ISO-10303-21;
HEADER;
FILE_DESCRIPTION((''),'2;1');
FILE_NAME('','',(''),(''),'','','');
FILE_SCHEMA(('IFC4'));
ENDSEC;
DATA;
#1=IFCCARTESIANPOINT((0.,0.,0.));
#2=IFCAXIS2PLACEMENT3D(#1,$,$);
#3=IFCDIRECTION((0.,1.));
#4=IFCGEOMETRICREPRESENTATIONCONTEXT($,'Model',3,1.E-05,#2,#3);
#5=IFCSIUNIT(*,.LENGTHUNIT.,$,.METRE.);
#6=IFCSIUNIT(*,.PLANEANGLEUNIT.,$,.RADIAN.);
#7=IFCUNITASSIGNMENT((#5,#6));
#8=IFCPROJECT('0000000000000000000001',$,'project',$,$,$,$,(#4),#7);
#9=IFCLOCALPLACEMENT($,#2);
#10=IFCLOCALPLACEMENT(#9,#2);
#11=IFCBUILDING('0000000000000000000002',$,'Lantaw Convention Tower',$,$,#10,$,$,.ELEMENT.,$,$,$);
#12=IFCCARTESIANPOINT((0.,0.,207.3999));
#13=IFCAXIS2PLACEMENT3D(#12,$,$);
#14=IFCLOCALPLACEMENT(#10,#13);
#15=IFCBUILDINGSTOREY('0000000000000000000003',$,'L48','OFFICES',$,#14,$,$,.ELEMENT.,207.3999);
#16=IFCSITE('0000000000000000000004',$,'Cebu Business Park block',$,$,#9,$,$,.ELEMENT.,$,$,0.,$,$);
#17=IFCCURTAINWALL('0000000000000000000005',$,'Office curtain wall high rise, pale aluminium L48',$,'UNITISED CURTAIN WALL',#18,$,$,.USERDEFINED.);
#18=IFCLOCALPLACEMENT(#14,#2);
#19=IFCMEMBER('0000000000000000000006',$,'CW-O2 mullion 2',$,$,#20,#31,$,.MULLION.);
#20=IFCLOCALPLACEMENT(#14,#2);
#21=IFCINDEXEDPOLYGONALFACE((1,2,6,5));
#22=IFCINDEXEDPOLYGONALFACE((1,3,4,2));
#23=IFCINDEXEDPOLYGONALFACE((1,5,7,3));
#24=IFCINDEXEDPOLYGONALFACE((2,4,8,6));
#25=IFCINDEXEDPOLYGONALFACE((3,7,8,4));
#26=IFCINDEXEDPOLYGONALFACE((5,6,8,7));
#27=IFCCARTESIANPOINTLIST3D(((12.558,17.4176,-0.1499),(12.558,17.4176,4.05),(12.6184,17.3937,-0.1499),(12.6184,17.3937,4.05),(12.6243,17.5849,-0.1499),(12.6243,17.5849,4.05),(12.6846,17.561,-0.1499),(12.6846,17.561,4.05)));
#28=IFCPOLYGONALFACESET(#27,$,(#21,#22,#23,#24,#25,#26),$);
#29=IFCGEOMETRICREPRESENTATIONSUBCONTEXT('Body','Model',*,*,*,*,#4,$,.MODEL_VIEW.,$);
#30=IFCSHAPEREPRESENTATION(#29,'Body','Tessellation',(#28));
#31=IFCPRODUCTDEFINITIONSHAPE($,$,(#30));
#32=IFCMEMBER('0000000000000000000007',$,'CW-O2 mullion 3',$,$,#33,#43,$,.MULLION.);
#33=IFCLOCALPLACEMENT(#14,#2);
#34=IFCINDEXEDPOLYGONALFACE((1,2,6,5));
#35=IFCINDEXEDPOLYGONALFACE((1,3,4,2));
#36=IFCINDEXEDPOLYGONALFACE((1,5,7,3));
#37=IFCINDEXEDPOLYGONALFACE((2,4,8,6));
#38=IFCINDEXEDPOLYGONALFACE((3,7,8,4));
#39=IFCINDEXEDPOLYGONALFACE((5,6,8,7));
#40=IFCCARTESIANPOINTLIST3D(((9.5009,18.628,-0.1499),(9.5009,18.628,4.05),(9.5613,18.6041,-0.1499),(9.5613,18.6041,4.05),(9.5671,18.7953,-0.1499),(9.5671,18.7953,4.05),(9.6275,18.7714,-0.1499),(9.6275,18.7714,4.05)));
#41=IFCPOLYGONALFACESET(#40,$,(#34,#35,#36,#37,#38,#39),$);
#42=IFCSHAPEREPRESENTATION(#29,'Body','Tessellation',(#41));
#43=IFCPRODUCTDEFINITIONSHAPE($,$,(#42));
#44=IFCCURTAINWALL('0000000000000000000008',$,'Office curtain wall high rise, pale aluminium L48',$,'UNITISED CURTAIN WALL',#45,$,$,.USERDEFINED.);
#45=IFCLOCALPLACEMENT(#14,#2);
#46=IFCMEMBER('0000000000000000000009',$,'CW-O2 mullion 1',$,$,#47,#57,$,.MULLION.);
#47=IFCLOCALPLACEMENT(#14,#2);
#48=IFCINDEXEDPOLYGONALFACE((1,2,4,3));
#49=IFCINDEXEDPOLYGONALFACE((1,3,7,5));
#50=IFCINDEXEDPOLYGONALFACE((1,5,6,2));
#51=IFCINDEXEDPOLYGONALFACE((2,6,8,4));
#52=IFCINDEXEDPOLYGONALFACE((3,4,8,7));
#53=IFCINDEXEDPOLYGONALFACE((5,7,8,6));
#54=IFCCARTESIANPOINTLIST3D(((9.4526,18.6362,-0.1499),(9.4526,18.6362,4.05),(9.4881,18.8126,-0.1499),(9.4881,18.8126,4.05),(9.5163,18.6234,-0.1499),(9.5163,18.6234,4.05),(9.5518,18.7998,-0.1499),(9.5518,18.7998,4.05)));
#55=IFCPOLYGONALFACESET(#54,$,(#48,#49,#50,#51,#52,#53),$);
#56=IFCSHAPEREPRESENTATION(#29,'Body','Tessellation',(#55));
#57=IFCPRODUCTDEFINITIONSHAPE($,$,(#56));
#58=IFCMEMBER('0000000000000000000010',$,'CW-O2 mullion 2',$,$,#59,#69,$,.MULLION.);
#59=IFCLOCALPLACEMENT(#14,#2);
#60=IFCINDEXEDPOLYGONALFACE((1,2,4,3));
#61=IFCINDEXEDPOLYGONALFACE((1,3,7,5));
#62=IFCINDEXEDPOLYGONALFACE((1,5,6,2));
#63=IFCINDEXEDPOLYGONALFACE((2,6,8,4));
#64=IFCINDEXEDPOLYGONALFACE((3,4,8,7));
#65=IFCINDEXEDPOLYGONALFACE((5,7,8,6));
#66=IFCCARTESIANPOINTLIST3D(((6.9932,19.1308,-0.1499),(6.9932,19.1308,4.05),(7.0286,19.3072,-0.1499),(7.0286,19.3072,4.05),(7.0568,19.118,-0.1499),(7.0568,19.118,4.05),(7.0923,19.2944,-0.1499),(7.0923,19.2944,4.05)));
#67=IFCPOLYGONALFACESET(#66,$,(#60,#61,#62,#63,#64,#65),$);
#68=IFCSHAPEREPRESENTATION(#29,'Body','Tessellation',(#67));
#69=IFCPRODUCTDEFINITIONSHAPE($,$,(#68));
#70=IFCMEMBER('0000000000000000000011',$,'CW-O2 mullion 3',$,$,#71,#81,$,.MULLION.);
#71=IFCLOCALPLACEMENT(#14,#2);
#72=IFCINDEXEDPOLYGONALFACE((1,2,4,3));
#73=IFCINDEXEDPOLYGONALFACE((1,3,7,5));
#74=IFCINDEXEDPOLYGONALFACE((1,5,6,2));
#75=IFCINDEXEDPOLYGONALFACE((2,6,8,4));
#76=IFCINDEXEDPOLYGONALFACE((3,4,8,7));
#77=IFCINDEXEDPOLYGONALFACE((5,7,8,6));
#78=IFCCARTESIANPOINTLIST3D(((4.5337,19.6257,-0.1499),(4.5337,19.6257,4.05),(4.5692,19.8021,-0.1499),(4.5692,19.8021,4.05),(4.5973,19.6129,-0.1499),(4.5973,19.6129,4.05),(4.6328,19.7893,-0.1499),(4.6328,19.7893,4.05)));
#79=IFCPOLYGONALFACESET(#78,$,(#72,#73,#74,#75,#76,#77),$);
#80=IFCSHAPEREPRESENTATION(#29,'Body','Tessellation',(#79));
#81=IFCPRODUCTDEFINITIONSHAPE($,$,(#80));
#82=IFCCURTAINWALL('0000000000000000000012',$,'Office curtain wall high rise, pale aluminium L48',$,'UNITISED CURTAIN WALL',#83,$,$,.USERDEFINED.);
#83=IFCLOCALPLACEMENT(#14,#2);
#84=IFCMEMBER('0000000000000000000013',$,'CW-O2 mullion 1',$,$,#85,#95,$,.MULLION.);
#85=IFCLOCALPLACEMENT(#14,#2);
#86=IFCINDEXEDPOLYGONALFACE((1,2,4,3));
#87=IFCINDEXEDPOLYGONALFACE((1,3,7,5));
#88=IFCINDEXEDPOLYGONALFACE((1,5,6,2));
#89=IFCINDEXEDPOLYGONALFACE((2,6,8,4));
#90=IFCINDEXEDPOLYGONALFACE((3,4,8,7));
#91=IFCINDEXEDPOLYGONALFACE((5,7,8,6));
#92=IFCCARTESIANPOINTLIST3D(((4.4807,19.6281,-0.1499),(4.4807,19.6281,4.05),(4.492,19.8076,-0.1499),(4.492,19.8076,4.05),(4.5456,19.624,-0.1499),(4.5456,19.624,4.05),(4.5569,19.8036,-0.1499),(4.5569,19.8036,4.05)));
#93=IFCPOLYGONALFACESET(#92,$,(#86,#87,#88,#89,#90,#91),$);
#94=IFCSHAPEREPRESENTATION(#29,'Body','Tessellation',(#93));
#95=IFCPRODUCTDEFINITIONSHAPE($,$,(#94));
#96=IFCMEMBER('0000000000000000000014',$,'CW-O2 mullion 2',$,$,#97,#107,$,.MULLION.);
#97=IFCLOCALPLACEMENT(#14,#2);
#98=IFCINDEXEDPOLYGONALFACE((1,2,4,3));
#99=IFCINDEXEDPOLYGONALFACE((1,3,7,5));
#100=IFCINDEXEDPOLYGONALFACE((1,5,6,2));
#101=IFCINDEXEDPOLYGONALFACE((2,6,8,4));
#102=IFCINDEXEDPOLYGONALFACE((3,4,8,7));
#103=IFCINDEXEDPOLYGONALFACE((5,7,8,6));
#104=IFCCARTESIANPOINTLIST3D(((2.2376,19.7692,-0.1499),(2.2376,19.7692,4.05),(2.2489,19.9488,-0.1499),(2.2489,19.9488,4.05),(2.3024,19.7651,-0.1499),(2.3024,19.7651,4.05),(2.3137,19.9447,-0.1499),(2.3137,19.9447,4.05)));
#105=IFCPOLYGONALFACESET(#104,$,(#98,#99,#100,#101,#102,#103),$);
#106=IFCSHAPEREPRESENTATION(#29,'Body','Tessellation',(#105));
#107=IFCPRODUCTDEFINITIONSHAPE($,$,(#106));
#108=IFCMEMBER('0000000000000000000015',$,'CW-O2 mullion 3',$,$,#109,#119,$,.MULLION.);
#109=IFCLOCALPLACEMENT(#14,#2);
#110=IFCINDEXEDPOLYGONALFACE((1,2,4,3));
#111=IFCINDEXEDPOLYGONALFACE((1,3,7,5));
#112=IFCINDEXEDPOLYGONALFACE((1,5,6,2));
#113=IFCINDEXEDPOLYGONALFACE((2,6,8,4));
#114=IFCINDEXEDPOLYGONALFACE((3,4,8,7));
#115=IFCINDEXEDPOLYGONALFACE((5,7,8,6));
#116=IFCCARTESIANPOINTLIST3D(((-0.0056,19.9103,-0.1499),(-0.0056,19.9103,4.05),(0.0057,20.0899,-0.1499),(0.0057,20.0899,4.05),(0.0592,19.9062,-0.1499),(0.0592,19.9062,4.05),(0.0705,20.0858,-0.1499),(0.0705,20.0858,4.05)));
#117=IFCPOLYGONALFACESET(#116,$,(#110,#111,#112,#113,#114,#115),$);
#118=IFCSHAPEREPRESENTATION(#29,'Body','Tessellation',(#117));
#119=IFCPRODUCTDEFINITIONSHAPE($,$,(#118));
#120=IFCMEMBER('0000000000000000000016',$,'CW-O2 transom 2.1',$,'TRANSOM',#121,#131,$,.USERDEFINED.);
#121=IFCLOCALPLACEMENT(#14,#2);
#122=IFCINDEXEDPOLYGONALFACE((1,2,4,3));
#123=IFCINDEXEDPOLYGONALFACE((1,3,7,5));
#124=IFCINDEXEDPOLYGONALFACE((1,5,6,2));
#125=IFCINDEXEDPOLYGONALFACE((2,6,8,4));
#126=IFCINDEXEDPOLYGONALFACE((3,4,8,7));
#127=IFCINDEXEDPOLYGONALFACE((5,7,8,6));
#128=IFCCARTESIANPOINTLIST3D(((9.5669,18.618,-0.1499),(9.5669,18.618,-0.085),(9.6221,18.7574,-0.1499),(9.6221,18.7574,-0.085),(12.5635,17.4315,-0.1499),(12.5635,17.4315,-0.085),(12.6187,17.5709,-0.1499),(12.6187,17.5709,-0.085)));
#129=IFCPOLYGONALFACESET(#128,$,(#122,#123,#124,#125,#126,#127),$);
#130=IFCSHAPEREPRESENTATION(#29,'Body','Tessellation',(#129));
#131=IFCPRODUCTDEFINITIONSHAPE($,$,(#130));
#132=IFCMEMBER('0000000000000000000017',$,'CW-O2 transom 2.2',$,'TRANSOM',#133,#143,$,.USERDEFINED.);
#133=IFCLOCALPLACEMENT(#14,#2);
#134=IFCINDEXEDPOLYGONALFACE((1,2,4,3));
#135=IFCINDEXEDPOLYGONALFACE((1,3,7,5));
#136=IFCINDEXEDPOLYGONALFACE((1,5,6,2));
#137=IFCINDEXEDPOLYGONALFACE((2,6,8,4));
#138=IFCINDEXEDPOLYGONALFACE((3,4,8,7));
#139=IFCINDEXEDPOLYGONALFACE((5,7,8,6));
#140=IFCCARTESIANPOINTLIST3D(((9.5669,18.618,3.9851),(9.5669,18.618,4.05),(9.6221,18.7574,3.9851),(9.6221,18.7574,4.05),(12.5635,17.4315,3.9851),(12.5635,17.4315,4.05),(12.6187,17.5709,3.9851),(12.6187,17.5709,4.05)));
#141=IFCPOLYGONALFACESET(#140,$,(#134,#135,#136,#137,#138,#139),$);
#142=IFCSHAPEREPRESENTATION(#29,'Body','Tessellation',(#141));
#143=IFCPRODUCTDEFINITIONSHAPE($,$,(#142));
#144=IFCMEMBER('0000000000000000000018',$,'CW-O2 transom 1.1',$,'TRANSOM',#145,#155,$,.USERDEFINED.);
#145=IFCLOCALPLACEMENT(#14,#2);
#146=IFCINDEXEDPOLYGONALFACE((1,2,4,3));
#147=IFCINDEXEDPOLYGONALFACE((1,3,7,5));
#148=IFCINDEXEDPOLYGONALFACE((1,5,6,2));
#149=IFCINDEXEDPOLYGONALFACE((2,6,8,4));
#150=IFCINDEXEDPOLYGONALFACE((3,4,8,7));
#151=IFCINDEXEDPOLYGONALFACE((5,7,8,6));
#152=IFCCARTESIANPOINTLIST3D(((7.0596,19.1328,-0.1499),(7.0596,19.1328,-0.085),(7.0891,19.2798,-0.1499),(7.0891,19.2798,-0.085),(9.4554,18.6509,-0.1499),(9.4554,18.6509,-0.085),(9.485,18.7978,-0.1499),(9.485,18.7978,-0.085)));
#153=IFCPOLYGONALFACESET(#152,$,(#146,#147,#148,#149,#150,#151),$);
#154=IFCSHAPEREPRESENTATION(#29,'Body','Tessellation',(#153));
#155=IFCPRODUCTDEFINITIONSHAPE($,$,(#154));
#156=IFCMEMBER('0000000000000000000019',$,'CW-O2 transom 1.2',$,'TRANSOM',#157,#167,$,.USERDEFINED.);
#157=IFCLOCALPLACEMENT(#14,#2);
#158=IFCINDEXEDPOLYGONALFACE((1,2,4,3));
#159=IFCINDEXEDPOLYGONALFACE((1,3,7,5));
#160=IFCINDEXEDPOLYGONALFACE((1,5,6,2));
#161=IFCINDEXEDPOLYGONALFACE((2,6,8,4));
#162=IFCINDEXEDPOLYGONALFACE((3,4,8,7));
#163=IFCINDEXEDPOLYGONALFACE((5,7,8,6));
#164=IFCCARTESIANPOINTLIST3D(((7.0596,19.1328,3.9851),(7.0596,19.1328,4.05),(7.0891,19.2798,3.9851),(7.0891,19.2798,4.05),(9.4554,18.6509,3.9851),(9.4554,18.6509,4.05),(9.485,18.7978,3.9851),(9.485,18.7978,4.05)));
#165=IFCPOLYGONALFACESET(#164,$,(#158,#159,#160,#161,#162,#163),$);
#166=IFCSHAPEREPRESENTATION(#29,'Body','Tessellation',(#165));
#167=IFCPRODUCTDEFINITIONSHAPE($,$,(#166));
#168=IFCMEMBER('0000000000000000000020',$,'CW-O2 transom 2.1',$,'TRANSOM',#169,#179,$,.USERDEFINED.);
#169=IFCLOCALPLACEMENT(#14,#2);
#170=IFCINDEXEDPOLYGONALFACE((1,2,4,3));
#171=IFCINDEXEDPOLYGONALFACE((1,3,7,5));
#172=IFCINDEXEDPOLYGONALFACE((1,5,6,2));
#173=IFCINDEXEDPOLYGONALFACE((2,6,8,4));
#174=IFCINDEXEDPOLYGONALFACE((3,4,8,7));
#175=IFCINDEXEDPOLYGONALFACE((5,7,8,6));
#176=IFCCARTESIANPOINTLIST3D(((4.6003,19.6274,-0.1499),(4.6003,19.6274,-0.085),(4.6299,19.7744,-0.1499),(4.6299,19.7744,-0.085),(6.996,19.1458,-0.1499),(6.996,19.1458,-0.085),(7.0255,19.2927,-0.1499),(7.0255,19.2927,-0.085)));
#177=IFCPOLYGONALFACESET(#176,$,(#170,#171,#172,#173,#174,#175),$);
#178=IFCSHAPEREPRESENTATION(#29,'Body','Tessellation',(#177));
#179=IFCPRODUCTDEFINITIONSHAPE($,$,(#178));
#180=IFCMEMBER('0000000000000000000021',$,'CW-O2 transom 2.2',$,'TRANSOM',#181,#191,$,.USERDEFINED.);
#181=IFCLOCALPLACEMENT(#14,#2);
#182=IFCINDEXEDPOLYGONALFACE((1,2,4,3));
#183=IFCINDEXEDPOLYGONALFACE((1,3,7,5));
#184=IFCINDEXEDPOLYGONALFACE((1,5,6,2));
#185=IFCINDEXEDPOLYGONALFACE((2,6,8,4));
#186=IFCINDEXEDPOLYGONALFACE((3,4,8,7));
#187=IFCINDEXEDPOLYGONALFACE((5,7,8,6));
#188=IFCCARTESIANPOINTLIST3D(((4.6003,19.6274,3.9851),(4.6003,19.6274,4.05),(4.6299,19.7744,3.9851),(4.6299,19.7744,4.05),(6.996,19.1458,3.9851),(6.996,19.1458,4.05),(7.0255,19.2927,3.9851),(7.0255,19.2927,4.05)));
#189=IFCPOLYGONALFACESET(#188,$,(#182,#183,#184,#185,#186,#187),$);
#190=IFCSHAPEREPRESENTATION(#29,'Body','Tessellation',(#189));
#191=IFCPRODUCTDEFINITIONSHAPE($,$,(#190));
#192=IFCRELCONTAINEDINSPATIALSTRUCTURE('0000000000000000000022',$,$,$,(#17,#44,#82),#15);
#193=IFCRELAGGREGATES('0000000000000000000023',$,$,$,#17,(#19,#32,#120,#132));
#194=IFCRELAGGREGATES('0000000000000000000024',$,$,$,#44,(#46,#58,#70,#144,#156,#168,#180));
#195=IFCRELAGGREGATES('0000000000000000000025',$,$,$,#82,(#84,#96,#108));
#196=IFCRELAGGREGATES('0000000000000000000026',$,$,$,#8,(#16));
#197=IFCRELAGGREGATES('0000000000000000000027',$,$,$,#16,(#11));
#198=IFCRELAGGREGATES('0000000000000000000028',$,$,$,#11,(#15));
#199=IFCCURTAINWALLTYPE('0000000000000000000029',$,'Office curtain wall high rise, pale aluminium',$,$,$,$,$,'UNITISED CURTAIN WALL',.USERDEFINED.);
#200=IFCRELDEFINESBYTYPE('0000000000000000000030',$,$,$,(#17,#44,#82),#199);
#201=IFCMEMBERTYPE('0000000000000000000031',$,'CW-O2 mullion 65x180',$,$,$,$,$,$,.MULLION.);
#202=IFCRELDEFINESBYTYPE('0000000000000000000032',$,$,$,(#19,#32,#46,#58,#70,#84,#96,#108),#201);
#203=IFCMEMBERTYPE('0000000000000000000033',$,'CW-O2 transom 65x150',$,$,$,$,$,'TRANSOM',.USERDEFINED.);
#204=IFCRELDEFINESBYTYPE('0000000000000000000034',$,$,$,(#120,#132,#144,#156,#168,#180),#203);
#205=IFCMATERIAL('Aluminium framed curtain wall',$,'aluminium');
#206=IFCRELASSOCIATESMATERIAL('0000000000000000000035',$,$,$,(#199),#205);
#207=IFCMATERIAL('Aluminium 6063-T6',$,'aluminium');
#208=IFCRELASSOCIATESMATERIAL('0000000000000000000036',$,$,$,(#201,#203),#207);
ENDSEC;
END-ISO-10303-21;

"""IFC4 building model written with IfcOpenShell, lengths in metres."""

from ifc_helpers import new_model, si_unit, direction, frame, origin, origin_2d, place, context, subcontext, project, spatial, rectangle, extrude, material, material_profile, profile_set, type_object, element, aggregate, save


model = new_model("IFC4")

# Units and contexts
model_context = context("Model", 3, precision=1e-05, world=origin(), true_north=direction((0.0, 1.0)))
body_context = subcontext(model_context, "Body", "Model", "MODEL_VIEW")
ifc_project = project(units=[si_unit("LENGTHUNIT", "METRE"), si_unit("PLANEANGLEUNIT", "RADIAN")], contexts=[model_context])

# Site, building, storey
site_placement = place(None, origin())
site = spatial("IfcSite", under=ifc_project, at=site_placement, Name="Cebu Business Park block", CompositionType="ELEMENT", RefElevation=0.0)
building_placement = place(site_placement, origin())
building = spatial("IfcBuilding", under=site, at=building_placement, Name="Lantaw Convention Tower", CompositionType="ELEMENT")
storey_placement = place(building_placement, frame((0.0, 0.0, 207.3999)))
storey = spatial("IfcBuildingStorey", under=building, at=storey_placement, Name="L48", Description="OFFICES", CompositionType="ELEMENT", Elevation=207.3999)

# Curtain walls, members
ifc_material_1 = material(Name="Aluminium framed curtain wall", Category="aluminium")
curtain_wall_type = type_object("IfcCurtainWallType", Name="Office curtain wall high rise, pale aluminium", ElementType="UNITISED CURTAIN WALL", PredefinedType="USERDEFINED", material=ifc_material_1)
curtain_wall_1_placement = place(storey_placement, origin())
curtain_wall_1 = element("IfcCurtainWall", 1, at=curtain_wall_1_placement, inside=storey, type_object=curtain_wall_type, Name="Office curtain wall high rise, pale aluminium L48", ObjectType="UNITISED CURTAIN WALL", PredefinedType="USERDEFINED")
ifc_material_2 = material(Name="Aluminium 6063-T6", Category="aluminium")
ifc_material_profile_1 = material_profile(ifc_material_2, rectangle(XDim=0.1799, YDim=0.0649, at=origin_2d()), Name="CW-O2 mullion 65x180")
ifc_profile_set_1 = profile_set([ifc_material_profile_1], Name="Aluminium 6063-T6")
member_type_1 = type_object("IfcMemberType", Name="CW-O2 mullion 65x180", PredefinedType="MULLION", material=ifc_profile_set_1)
member_1_placement = place(storey_placement, frame((12.6213, 17.4893, -0.1499), z_axis=(0.0, 0.0, 1.0), x_axis=(-0.368162, -0.929762, 0.0)))
member_1 = element("IfcMember", 2, at=member_1_placement, type_object=member_type_1, Name="CW-O2 mullion 2", PredefinedType="MULLION", context=body_context, shape_type="SweptSolid", body=[
    extrude(rectangle(XDim=0.1799, YDim=0.0649, at=origin_2d()), origin(), (0.0, 0.0, 1.0), 4.2),
])
member_2_placement = place(storey_placement, frame((9.5642, 18.6997, -0.1499), z_axis=(0.0, 0.0, 1.0), x_axis=(-0.368162, -0.929762, 0.0)))
member_2 = element("IfcMember", 3, at=member_2_placement, type_object=member_type_1, Name="CW-O2 mullion 3", PredefinedType="MULLION", context=body_context, shape_type="SweptSolid", body=[
    extrude(rectangle(XDim=0.1799, YDim=0.0649, at=origin_2d()), origin(), (0.0, 0.0, 1.0), 4.2),
])
curtain_wall_2_placement = place(storey_placement, origin())
curtain_wall_2 = element("IfcCurtainWall", 4, at=curtain_wall_2_placement, inside=storey, type_object=curtain_wall_type, Name="Office curtain wall high rise, pale aluminium L48", ObjectType="UNITISED CURTAIN WALL", PredefinedType="USERDEFINED")
member_3_placement = place(storey_placement, frame((9.5022, 18.718, -0.1499), z_axis=(0.0, 0.0, 1.0), x_axis=(-0.197183, -0.980367, 0.0)))
member_3 = element("IfcMember", 5, at=member_3_placement, type_object=member_type_1, Name="CW-O2 mullion 1", PredefinedType="MULLION", context=body_context, shape_type="SweptSolid", body=[
    extrude(rectangle(XDim=0.1799, YDim=0.0649, at=origin_2d()), origin(), (0.0, 0.0, 1.0), 4.2),
])
member_4_placement = place(storey_placement, frame((7.0427, 19.2126, -0.1499), z_axis=(0.0, 0.0, 1.0), x_axis=(-0.197183, -0.980367, 0.0)))
member_4 = element("IfcMember", 6, at=member_4_placement, type_object=member_type_1, Name="CW-O2 mullion 2", PredefinedType="MULLION", context=body_context, shape_type="SweptSolid", body=[
    extrude(rectangle(XDim=0.1799, YDim=0.0649, at=origin_2d()), origin(), (0.0, 0.0, 1.0), 4.2),
])
member_5_placement = place(storey_placement, frame((4.5833, 19.7075, -0.1499), z_axis=(0.0, 0.0, 1.0), x_axis=(-0.197183, -0.980367, 0.0)))
member_5 = element("IfcMember", 7, at=member_5_placement, type_object=member_type_1, Name="CW-O2 mullion 3", PredefinedType="MULLION", context=body_context, shape_type="SweptSolid", body=[
    extrude(rectangle(XDim=0.1799, YDim=0.0649, at=origin_2d()), origin(), (0.0, 0.0, 1.0), 4.2),
])
curtain_wall_3_placement = place(storey_placement, origin())
curtain_wall_3 = element("IfcCurtainWall", 8, at=curtain_wall_3_placement, inside=storey, type_object=curtain_wall_type, Name="Office curtain wall high rise, pale aluminium L48", ObjectType="UNITISED CURTAIN WALL", PredefinedType="USERDEFINED")
member_6_placement = place(storey_placement, frame((4.5188, 19.7158, -0.1499), z_axis=(0.0, 0.0, 1.0), x_axis=(-0.062758, -0.998029, 0.0)))
member_6 = element("IfcMember", 9, at=member_6_placement, type_object=member_type_1, Name="CW-O2 mullion 1", PredefinedType="MULLION", context=body_context, shape_type="SweptSolid", body=[
    extrude(rectangle(XDim=0.1799, YDim=0.0649, at=origin_2d()), origin(), (0.0, 0.0, 1.0), 4.2),
])
member_7_placement = place(storey_placement, frame((2.2756, 19.8569, -0.1499), z_axis=(0.0, 0.0, 1.0), x_axis=(-0.062758, -0.998029, 0.0)))
member_7 = element("IfcMember", 10, at=member_7_placement, type_object=member_type_1, Name="CW-O2 mullion 2", PredefinedType="MULLION", context=body_context, shape_type="SweptSolid", body=[
    extrude(rectangle(XDim=0.1799, YDim=0.0649, at=origin_2d()), origin(), (0.0, 0.0, 1.0), 4.2),
])
member_8_placement = place(storey_placement, frame((0.0325, 19.998, -0.1499), z_axis=(0.0, 0.0, 1.0), x_axis=(-0.062758, -0.998029, 0.0)))
member_8 = element("IfcMember", 11, at=member_8_placement, type_object=member_type_1, Name="CW-O2 mullion 3", PredefinedType="MULLION", context=body_context, shape_type="SweptSolid", body=[
    extrude(rectangle(XDim=0.1799, YDim=0.0649, at=origin_2d()), origin(), (0.0, 0.0, 1.0), 4.2),
])

# Members
ifc_material_profile_2 = material_profile(ifc_material_2, rectangle(XDim=0.1499, YDim=0.0649, at=origin_2d()), Name="CW-O2 transom 65x150")
ifc_profile_set_2 = profile_set([ifc_material_profile_2], Name="Aluminium 6063-T6")
member_type_2 = type_object("IfcMemberType", Name="CW-O2 transom 65x150", ElementType="TRANSOM", PredefinedType="USERDEFINED", material=ifc_profile_set_2)
member_9_placement = place(storey_placement, frame((12.5911, 17.5012, -0.1174), z_axis=(-0.929767, 0.368149, 0.0), x_axis=(-0.368149, -0.929767, 0.0)))
member_9 = element("IfcMember", 12, at=member_9_placement, type_object=member_type_2, Name="CW-O2 transom 2.1", ObjectType="TRANSOM", PredefinedType="USERDEFINED", context=body_context, shape_type="SweptSolid", body=[
    extrude(rectangle(XDim=0.1499, YDim=0.0649, at=origin_2d()), origin(), (0.0, 0.0, 1.0), 3.2229),
])
member_10_placement = place(storey_placement, frame((12.5911, 17.5012, 4.0176), z_axis=(-0.929767, 0.368149, 0.0), x_axis=(-0.368149, -0.929767, 0.0)))
member_10 = element("IfcMember", 13, at=member_10_placement, type_object=member_type_2, Name="CW-O2 transom 2.2", ObjectType="TRANSOM", PredefinedType="USERDEFINED", context=body_context, shape_type="SweptSolid", body=[
    extrude(rectangle(XDim=0.1499, YDim=0.0649, at=origin_2d()), origin(), (0.0, 0.0, 1.0), 3.2229),
])
member_11_placement = place(storey_placement, frame((9.4702, 18.7244, -0.1174), z_axis=(-0.980361, 0.197211, 0.0), x_axis=(-0.197211, -0.980361, 0.0)))
member_11 = element("IfcMember", 14, at=member_11_placement, type_object=member_type_2, Name="CW-O2 transom 1.1", ObjectType="TRANSOM", PredefinedType="USERDEFINED", context=body_context, shape_type="SweptSolid", body=[
    extrude(rectangle(XDim=0.1499, YDim=0.0649, at=origin_2d()), origin(), (0.0, 0.0, 1.0), 2.4438),
])
member_12_placement = place(storey_placement, frame((9.4702, 18.7244, 4.0176), z_axis=(-0.980361, 0.197211, 0.0), x_axis=(-0.197211, -0.980361, 0.0)))
member_12 = element("IfcMember", 15, at=member_12_placement, type_object=member_type_2, Name="CW-O2 transom 1.2", ObjectType="TRANSOM", PredefinedType="USERDEFINED", context=body_context, shape_type="SweptSolid", body=[
    extrude(rectangle(XDim=0.1499, YDim=0.0649, at=origin_2d()), origin(), (0.0, 0.0, 1.0), 2.4438),
])
member_13_placement = place(storey_placement, frame((7.0107, 19.2192, -0.1174), z_axis=(-0.98038, 0.197115, 0.0), x_axis=(-0.197115, -0.98038, 0.0)))
member_13 = element("IfcMember", 16, at=member_13_placement, type_object=member_type_2, Name="CW-O2 transom 2.1", ObjectType="TRANSOM", PredefinedType="USERDEFINED", context=body_context, shape_type="SweptSolid", body=[
    extrude(rectangle(XDim=0.1499, YDim=0.0649, at=origin_2d()), origin(), (0.0, 0.0, 1.0), 2.4436),
])
member_14_placement = place(storey_placement, frame((7.0107, 19.2192, 4.0176), z_axis=(-0.98038, 0.197115, 0.0), x_axis=(-0.197115, -0.98038, 0.0)))
member_14 = element("IfcMember", 17, at=member_14_placement, type_object=member_type_2, Name="CW-O2 transom 2.2", ObjectType="TRANSOM", PredefinedType="USERDEFINED", context=body_context, shape_type="SweptSolid", body=[
    extrude(rectangle(XDim=0.1499, YDim=0.0649, at=origin_2d()), origin(), (0.0, 0.0, 1.0), 2.4436),
])

aggregate(curtain_wall_1, [member_1, member_2, member_9, member_10])
aggregate(curtain_wall_2, [member_3, member_4, member_5, member_11, member_12, member_13, member_14])
aggregate(curtain_wall_3, [member_6, member_7, member_8])

save(model, "model.ifc")
